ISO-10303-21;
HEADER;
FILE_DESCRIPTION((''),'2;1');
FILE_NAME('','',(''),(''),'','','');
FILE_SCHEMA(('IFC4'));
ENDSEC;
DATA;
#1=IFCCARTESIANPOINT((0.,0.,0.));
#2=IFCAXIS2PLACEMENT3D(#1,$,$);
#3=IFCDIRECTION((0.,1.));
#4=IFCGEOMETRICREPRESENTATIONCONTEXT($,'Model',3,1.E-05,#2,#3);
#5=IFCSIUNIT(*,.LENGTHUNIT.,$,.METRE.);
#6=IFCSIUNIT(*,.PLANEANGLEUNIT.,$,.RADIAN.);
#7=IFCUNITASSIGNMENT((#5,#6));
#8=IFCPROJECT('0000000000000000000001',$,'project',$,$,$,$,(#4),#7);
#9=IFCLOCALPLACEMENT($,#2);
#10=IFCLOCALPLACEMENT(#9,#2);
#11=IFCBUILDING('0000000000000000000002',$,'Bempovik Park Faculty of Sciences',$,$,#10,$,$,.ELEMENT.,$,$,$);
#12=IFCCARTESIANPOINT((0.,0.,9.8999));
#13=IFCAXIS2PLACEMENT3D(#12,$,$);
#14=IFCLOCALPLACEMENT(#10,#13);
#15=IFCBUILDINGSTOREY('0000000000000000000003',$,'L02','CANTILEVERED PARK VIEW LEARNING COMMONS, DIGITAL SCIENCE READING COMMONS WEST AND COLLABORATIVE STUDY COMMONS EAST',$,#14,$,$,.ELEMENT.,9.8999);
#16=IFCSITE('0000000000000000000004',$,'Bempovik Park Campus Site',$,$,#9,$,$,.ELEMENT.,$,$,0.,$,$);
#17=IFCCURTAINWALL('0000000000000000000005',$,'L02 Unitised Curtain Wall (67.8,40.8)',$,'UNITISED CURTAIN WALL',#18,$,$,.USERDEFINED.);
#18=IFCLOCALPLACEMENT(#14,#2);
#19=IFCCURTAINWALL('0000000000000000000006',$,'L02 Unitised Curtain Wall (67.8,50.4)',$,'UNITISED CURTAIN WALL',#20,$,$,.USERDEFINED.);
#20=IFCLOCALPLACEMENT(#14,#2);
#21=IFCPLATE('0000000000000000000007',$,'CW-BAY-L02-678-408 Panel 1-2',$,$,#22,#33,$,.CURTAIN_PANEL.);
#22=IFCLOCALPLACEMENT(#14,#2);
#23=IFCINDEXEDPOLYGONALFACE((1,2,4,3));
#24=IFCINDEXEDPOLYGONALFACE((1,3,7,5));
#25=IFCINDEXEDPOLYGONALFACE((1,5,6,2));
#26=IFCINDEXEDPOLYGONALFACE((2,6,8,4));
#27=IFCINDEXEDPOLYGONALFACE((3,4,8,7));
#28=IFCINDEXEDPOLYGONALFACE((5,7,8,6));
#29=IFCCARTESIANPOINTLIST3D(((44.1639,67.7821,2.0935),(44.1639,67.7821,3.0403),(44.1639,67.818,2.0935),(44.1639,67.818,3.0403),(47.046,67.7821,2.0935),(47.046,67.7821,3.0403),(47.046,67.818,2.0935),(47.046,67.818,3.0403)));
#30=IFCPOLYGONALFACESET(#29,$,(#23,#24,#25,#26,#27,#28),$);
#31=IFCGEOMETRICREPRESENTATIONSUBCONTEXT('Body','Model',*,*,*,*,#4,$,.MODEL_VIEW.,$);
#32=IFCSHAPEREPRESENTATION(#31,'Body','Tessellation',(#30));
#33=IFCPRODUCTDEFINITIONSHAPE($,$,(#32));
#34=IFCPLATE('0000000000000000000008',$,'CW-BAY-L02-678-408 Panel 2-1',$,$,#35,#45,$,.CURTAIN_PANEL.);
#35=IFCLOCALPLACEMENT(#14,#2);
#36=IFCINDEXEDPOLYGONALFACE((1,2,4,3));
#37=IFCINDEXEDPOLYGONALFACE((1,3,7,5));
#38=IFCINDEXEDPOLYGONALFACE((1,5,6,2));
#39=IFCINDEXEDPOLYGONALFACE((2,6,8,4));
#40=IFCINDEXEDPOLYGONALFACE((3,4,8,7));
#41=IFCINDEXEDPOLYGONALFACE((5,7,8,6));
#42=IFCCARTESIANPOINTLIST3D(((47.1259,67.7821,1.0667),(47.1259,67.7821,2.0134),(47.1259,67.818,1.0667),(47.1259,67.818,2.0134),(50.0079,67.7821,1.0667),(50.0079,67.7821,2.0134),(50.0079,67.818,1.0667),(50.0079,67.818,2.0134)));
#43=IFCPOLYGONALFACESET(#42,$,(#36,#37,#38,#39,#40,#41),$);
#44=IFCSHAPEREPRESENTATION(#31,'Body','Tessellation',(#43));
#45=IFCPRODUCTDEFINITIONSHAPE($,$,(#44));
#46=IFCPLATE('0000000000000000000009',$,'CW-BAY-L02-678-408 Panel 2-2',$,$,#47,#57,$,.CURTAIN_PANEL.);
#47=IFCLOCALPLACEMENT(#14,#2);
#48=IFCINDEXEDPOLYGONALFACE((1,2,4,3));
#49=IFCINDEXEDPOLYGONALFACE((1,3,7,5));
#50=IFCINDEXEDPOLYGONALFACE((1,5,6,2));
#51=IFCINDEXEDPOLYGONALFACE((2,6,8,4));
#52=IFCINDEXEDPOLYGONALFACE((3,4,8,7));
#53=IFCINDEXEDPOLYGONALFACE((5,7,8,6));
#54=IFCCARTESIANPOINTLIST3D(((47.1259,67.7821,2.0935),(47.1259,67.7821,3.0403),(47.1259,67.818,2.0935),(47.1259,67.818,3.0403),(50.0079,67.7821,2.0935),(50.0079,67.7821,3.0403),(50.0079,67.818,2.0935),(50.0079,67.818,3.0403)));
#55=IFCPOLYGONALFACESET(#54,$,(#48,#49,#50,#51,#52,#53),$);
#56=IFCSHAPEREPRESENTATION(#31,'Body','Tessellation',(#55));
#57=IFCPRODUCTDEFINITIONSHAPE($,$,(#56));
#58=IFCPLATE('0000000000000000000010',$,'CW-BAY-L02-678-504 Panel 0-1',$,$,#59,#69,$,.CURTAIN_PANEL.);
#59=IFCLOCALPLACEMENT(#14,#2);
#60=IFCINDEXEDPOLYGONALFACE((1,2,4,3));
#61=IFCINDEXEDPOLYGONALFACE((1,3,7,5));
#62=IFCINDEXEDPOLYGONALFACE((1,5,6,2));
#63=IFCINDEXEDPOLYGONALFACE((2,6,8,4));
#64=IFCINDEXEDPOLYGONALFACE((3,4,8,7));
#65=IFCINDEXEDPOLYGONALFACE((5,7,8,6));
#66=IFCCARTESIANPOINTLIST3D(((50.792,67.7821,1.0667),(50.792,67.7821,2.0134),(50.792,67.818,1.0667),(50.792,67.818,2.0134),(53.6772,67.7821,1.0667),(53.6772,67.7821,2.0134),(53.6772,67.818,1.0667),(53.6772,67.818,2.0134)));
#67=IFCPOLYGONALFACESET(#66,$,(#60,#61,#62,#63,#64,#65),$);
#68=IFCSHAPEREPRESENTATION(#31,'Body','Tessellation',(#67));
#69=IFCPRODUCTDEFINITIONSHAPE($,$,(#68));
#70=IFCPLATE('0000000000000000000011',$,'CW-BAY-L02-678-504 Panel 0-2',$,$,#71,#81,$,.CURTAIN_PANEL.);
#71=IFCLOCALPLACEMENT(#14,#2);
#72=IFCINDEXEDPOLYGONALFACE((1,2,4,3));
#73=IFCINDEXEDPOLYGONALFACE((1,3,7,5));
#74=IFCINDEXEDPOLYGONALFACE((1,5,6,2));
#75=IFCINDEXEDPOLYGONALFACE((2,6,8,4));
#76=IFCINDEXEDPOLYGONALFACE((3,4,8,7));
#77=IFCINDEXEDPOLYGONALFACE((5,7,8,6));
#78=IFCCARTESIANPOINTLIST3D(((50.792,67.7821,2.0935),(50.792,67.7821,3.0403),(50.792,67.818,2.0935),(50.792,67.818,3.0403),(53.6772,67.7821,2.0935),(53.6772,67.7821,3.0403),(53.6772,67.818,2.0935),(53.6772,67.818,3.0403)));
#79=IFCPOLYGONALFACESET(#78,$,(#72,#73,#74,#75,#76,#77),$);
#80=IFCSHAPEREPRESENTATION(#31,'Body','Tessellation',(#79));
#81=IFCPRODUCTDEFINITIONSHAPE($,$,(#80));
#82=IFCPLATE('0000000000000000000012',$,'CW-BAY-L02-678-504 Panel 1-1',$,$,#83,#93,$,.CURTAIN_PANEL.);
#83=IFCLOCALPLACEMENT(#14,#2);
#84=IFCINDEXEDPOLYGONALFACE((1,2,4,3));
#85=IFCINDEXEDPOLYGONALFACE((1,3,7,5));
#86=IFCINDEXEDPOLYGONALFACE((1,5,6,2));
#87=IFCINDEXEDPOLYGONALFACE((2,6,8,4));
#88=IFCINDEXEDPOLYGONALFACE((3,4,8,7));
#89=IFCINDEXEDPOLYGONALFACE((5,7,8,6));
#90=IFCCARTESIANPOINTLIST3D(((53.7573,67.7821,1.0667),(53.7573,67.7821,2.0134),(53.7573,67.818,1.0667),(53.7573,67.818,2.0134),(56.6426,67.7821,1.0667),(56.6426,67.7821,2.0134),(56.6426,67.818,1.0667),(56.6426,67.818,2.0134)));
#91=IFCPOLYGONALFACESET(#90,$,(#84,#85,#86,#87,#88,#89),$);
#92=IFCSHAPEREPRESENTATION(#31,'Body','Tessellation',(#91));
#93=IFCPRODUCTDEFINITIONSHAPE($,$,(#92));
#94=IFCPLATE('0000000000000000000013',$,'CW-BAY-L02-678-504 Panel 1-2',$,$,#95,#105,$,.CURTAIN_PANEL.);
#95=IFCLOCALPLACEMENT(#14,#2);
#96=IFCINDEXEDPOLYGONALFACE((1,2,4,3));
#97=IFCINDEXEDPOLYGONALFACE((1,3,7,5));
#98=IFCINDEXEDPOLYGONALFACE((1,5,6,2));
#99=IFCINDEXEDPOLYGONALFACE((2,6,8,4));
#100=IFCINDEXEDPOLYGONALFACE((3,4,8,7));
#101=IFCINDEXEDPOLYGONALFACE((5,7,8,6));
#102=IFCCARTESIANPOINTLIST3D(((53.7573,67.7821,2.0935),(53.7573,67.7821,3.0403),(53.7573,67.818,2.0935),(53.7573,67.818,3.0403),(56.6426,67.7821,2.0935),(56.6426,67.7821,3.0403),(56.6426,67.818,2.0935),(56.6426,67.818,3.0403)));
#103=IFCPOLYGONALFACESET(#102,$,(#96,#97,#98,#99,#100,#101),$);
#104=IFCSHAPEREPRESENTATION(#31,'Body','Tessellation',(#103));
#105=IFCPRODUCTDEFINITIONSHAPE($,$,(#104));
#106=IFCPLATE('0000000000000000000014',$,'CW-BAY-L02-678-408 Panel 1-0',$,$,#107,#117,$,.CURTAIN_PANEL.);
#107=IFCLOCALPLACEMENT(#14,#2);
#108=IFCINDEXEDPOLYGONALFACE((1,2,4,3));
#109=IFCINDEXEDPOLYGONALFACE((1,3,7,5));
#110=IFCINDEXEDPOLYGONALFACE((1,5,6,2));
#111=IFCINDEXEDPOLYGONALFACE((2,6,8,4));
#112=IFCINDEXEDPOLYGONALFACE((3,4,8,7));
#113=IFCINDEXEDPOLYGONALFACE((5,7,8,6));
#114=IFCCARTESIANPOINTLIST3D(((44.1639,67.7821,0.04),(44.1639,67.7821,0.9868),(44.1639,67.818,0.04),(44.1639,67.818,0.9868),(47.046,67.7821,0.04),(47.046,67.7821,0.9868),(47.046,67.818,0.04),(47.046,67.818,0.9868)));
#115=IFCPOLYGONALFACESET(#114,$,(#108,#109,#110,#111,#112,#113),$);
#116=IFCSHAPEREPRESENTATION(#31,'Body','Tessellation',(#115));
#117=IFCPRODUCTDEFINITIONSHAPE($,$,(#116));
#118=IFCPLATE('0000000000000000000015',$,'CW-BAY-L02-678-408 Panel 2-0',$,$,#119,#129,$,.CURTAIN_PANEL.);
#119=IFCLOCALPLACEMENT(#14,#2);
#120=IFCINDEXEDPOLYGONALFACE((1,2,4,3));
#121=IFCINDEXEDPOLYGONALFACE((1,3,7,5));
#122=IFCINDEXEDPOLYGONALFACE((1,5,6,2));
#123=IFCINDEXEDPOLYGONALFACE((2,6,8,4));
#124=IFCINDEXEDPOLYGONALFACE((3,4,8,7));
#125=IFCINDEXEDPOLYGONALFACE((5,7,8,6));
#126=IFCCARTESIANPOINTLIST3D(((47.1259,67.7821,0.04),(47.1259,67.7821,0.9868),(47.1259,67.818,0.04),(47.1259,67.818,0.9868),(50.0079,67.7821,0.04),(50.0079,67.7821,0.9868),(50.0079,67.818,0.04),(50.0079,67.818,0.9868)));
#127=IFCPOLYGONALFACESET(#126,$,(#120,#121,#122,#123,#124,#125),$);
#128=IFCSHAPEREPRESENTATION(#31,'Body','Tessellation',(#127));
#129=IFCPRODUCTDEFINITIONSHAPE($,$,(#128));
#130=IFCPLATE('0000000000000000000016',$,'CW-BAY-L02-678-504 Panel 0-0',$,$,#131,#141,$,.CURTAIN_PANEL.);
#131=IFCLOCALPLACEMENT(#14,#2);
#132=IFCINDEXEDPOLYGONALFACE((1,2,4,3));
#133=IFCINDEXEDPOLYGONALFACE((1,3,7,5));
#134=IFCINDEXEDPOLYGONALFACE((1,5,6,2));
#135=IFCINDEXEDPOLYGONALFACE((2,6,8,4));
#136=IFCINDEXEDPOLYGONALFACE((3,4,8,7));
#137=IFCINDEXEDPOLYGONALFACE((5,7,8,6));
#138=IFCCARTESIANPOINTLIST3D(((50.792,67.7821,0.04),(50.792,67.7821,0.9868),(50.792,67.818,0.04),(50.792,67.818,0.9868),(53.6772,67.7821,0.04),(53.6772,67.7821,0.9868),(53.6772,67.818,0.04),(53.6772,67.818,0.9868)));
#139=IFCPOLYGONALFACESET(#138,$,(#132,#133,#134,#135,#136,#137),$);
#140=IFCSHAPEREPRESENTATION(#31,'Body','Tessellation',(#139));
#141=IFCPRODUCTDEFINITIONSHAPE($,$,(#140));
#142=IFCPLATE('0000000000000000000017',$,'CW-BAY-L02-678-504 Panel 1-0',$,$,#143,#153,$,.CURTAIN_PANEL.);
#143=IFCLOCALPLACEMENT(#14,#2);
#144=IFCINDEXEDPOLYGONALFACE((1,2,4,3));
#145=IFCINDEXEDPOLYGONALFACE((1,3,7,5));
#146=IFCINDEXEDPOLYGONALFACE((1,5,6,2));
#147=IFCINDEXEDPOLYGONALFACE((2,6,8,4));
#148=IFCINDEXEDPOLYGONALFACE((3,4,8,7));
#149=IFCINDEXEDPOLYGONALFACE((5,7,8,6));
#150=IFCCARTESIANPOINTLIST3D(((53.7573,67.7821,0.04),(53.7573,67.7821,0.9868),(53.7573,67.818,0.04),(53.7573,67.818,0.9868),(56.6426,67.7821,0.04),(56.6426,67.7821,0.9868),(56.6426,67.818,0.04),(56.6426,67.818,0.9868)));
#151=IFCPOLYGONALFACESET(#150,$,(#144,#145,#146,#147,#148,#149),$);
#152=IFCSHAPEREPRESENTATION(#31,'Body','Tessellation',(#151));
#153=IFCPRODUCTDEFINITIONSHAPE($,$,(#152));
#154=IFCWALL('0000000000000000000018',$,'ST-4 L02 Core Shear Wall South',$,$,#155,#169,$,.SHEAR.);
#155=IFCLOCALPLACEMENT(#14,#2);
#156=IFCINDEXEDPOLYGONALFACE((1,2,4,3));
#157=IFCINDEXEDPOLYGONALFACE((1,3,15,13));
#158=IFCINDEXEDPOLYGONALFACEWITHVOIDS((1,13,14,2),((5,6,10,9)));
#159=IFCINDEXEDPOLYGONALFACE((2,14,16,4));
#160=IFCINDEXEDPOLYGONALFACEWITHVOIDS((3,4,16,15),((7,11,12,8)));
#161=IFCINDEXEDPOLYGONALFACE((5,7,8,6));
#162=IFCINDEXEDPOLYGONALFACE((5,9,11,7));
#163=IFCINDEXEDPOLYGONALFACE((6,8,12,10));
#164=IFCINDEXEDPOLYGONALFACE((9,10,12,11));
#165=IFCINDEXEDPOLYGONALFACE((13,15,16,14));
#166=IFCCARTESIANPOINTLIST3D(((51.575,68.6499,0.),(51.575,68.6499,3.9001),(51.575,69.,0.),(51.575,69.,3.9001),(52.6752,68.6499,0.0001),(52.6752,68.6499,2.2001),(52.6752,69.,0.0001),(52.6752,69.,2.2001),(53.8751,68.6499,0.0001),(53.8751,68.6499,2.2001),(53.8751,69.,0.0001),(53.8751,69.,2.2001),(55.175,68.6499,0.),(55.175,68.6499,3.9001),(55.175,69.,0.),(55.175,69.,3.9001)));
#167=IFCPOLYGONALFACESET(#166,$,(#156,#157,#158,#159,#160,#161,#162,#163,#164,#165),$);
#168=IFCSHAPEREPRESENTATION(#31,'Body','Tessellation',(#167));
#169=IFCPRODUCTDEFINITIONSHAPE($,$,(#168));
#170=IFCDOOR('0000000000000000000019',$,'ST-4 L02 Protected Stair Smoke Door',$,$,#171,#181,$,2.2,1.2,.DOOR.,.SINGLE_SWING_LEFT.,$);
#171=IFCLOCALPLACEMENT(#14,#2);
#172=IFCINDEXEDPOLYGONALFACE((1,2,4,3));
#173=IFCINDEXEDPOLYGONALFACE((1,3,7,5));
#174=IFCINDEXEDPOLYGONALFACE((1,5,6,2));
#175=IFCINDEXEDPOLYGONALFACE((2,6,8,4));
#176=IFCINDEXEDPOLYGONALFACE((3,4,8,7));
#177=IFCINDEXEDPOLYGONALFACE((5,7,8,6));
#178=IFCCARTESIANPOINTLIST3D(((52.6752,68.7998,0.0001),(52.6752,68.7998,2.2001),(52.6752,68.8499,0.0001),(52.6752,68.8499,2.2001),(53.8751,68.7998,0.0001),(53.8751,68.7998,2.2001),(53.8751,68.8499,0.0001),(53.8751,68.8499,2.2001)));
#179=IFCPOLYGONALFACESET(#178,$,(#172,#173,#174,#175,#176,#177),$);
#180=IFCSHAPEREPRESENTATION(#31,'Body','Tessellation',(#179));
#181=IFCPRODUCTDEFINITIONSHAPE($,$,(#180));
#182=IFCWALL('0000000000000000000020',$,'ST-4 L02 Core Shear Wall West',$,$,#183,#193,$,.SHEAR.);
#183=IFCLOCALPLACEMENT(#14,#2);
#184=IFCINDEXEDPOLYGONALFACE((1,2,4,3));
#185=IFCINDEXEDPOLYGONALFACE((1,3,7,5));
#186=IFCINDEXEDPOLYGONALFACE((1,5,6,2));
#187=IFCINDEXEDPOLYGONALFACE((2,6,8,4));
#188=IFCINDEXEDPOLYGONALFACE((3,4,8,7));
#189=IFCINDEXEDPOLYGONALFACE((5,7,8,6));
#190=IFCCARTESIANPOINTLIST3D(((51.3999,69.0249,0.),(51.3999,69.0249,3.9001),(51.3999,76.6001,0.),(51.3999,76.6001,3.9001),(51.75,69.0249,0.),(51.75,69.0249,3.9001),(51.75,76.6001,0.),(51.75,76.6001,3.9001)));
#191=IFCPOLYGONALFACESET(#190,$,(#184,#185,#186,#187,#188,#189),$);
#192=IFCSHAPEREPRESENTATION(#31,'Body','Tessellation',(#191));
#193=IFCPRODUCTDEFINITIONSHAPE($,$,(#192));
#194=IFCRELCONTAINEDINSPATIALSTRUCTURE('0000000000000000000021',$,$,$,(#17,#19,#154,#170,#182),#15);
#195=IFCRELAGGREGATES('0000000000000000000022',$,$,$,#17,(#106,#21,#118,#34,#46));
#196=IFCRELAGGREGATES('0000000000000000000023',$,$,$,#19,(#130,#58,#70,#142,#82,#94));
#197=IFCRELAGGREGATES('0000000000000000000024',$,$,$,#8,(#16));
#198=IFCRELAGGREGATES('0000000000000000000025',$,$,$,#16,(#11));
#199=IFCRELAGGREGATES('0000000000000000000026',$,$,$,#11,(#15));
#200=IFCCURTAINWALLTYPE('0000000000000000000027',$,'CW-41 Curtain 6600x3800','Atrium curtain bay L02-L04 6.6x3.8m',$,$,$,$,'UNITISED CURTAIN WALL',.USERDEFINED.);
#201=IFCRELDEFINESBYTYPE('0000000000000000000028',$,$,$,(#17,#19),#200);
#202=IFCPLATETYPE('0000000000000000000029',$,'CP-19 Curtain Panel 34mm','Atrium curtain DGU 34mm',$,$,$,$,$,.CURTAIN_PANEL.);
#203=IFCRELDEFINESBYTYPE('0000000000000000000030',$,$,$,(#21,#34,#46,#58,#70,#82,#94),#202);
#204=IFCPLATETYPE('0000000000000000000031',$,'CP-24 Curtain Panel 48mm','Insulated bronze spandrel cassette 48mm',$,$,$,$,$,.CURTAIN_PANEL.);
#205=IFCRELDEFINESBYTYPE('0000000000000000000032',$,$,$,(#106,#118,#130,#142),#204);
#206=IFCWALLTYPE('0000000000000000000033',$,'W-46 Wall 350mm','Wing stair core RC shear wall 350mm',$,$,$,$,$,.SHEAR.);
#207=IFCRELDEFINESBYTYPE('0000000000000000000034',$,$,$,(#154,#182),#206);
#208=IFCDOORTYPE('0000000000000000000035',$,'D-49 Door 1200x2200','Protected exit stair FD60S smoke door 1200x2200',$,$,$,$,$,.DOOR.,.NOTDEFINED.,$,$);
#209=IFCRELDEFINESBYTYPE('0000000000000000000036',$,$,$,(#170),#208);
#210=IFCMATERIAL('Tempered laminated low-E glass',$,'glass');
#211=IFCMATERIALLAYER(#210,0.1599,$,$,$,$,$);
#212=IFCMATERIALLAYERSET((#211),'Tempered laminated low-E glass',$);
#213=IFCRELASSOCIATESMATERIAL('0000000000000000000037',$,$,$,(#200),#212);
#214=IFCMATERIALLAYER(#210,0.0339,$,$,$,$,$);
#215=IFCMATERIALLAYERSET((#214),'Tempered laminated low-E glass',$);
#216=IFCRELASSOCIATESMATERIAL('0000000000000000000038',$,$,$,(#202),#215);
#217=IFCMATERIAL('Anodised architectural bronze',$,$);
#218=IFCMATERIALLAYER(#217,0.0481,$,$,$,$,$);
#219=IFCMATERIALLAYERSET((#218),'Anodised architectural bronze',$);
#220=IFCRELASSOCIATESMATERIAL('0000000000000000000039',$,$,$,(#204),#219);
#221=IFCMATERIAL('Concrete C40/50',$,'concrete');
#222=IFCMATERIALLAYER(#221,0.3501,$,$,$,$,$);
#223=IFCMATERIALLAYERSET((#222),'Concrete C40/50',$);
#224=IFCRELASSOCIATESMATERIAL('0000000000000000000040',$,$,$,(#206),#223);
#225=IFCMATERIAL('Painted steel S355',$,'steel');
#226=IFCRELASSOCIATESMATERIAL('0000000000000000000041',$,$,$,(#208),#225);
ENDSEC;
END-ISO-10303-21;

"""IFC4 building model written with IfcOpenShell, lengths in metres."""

from ifc_helpers import new_model, si_unit, direction, frame, frame_2d, origin, origin_2d, place, context, subcontext, project, spatial, rectangle, extrude, material, layer, layer_set, type_object, element, fill, aggregate, save


model = new_model("IFC4")

# Units and contexts
model_context = context("Model", 3, precision=1e-05, world=origin(), true_north=direction((0.0, 1.0)))
body_context = subcontext(model_context, "Body", "Model", "MODEL_VIEW")
ifc_project = project(units=[si_unit("LENGTHUNIT", "METRE"), si_unit("PLANEANGLEUNIT", "RADIAN")], contexts=[model_context])

# Site, building, storey
site_placement = place(None, origin())
site = spatial("IfcSite", under=ifc_project, at=site_placement, Name="Bempovik Park Campus Site", CompositionType="ELEMENT", RefElevation=0.0)
building_placement = place(site_placement, origin())
building = spatial("IfcBuilding", under=site, at=building_placement, Name="Bempovik Park Faculty of Sciences", CompositionType="ELEMENT")
storey_placement = place(building_placement, frame((0.0, 0.0, 9.8999)))
storey = spatial("IfcBuildingStorey", under=building, at=storey_placement, Name="L02", Description="CANTILEVERED PARK VIEW LEARNING COMMONS, DIGITAL SCIENCE READING COMMONS WEST AND COLLABORATIVE STUDY COMMONS EAST", CompositionType="ELEMENT", Elevation=9.8999)

# Shared definitions
ifc_material_1 = material(Name="Concrete C40/50", Category="concrete")

# Curtain walls
ifc_material_2 = material(Name="Tempered laminated low-E glass", Category="glass")
ifc_layer_1 = layer(ifc_material_2, 0.1599)
ifc_layer_set_1 = layer_set([ifc_layer_1], Name="Tempered laminated low-E glass")
curtain_wall_type = type_object("IfcCurtainWallType", Name="CW-41 Curtain 6600x3800", Description="Atrium curtain bay L02-L04 6.6x3.8m", ElementType="UNITISED CURTAIN WALL", PredefinedType="USERDEFINED", material=ifc_layer_set_1)
curtain_wall_1_placement = place(storey_placement, origin())
curtain_wall_1 = element("IfcCurtainWall", 1, at=curtain_wall_1_placement, inside=storey, type_object=curtain_wall_type, Name="L02 Unitised Curtain Wall (67.8,40.8)", ObjectType="UNITISED CURTAIN WALL", PredefinedType="USERDEFINED")
curtain_wall_2_placement = place(storey_placement, origin())
curtain_wall_2 = element("IfcCurtainWall", 2, at=curtain_wall_2_placement, inside=storey, type_object=curtain_wall_type, Name="L02 Unitised Curtain Wall (67.8,50.4)", ObjectType="UNITISED CURTAIN WALL", PredefinedType="USERDEFINED")

# Plates
ifc_layer_2 = layer(ifc_material_2, 0.0339)
ifc_layer_set_2 = layer_set([ifc_layer_2], Name="Tempered laminated low-E glass")
plate_type_1 = type_object("IfcPlateType", Name="CP-19 Curtain Panel 34mm", Description="Atrium curtain DGU 34mm", PredefinedType="CURTAIN_PANEL", material=ifc_layer_set_2)
plate_1_placement = place(storey_placement, frame((45.605, 67.8, 2.0935), z_axis=(0.0, 0.0, 1.0), x_axis=(1.0, 0.0, 0.0)))
plate_1 = element("IfcPlate", 3, at=plate_1_placement, type_object=plate_type_1, Name="CW-BAY-L02-678-408 Panel 1-2", PredefinedType="CURTAIN_PANEL", context=body_context, shape_type="SweptSolid", body=[
    extrude(rectangle(XDim=2.8821, YDim=0.0359, at=origin_2d()), origin(), (0.0, 0.0, 1.0), 0.9468),
])
plate_2_placement = place(storey_placement, frame((48.5669, 67.8, 1.0667), z_axis=(0.0, 0.0, 1.0), x_axis=(1.0, 0.0, 0.0)))
plate_2 = element("IfcPlate", 4, at=plate_2_placement, type_object=plate_type_1, Name="CW-BAY-L02-678-408 Panel 2-1", PredefinedType="CURTAIN_PANEL", context=body_context, shape_type="SweptSolid", body=[
    extrude(rectangle(XDim=2.8821, YDim=0.0359, at=origin_2d()), origin(), (0.0, 0.0, 1.0), 0.9468),
])
plate_3_placement = place(storey_placement, frame((48.5669, 67.8, 2.0935), z_axis=(0.0, 0.0, 1.0), x_axis=(1.0, 0.0, 0.0)))
plate_3 = element("IfcPlate", 5, at=plate_3_placement, type_object=plate_type_1, Name="CW-BAY-L02-678-408 Panel 2-2", PredefinedType="CURTAIN_PANEL", context=body_context, shape_type="SweptSolid", body=[
    extrude(rectangle(XDim=2.8821, YDim=0.0359, at=origin_2d()), origin(), (0.0, 0.0, 1.0), 0.9468),
])
plate_4_placement = place(storey_placement, frame((52.2346, 67.8, 1.0667), z_axis=(0.0, 0.0, 1.0), x_axis=(1.0, 0.0, 0.0)))
plate_4 = element("IfcPlate", 6, at=plate_4_placement, type_object=plate_type_1, Name="CW-BAY-L02-678-504 Panel 0-1", PredefinedType="CURTAIN_PANEL", context=body_context, shape_type="SweptSolid", body=[
    extrude(rectangle(XDim=2.8853, YDim=0.0359, at=origin_2d()), origin(), (0.0, 0.0, 1.0), 0.9468),
])
plate_5_placement = place(storey_placement, frame((52.2346, 67.8, 2.0935), z_axis=(0.0, 0.0, 1.0), x_axis=(1.0, 0.0, 0.0)))
plate_5 = element("IfcPlate", 7, at=plate_5_placement, type_object=plate_type_1, Name="CW-BAY-L02-678-504 Panel 0-2", PredefinedType="CURTAIN_PANEL", context=body_context, shape_type="SweptSolid", body=[
    extrude(rectangle(XDim=2.8853, YDim=0.0359, at=origin_2d()), origin(), (0.0, 0.0, 1.0), 0.9468),
])
plate_6_placement = place(storey_placement, frame((55.2, 67.8, 1.0667), z_axis=(0.0, 0.0, 1.0), x_axis=(1.0, 0.0, 0.0)))
plate_6 = element("IfcPlate", 8, at=plate_6_placement, type_object=plate_type_1, Name="CW-BAY-L02-678-504 Panel 1-1", PredefinedType="CURTAIN_PANEL", context=body_context, shape_type="SweptSolid", body=[
    extrude(rectangle(XDim=2.8853, YDim=0.0359, at=origin_2d()), origin(), (0.0, 0.0, 1.0), 0.9468),
])
plate_7_placement = place(storey_placement, frame((55.2, 67.8, 2.0935), z_axis=(0.0, 0.0, 1.0), x_axis=(1.0, 0.0, 0.0)))
plate_7 = element("IfcPlate", 9, at=plate_7_placement, type_object=plate_type_1, Name="CW-BAY-L02-678-504 Panel 1-2", PredefinedType="CURTAIN_PANEL", context=body_context, shape_type="SweptSolid", body=[
    extrude(rectangle(XDim=2.8853, YDim=0.0359, at=origin_2d()), origin(), (0.0, 0.0, 1.0), 0.9468),
])
ifc_material_3 = material(Name="Anodised architectural bronze")
ifc_layer_3 = layer(ifc_material_3, 0.0481)
ifc_layer_set_3 = layer_set([ifc_layer_3], Name="Anodised architectural bronze")
plate_type_2 = type_object("IfcPlateType", Name="CP-24 Curtain Panel 48mm", Description="Insulated bronze spandrel cassette 48mm", PredefinedType="CURTAIN_PANEL", material=ifc_layer_set_3)
plate_8_placement = place(storey_placement, frame((45.605, 67.8, 0.04), z_axis=(0.0, 0.0, 1.0), x_axis=(1.0, 0.0, 0.0)))
plate_8 = element("IfcPlate", 10, at=plate_8_placement, type_object=plate_type_2, Name="CW-BAY-L02-678-408 Panel 1-0", PredefinedType="CURTAIN_PANEL", context=body_context, shape_type="SweptSolid", body=[
    extrude(rectangle(XDim=2.8821, YDim=0.0359, at=origin_2d()), origin(), (0.0, 0.0, 1.0), 0.9468),
])
plate_9_placement = place(storey_placement, frame((48.5669, 67.8, 0.04), z_axis=(0.0, 0.0, 1.0), x_axis=(1.0, 0.0, 0.0)))
plate_9 = element("IfcPlate", 11, at=plate_9_placement, type_object=plate_type_2, Name="CW-BAY-L02-678-408 Panel 2-0", PredefinedType="CURTAIN_PANEL", context=body_context, shape_type="SweptSolid", body=[
    extrude(rectangle(XDim=2.8821, YDim=0.0359, at=origin_2d()), origin(), (0.0, 0.0, 1.0), 0.9468),
])
aggregate(curtain_wall_1, [plate_8, plate_1, plate_9, plate_2, plate_3])
plate_10_placement = place(storey_placement, frame((52.2346, 67.8, 0.04), z_axis=(0.0, 0.0, 1.0), x_axis=(1.0, 0.0, 0.0)))
plate_10 = element("IfcPlate", 12, at=plate_10_placement, type_object=plate_type_2, Name="CW-BAY-L02-678-504 Panel 0-0", PredefinedType="CURTAIN_PANEL", context=body_context, shape_type="SweptSolid", body=[
    extrude(rectangle(XDim=2.8853, YDim=0.0359, at=origin_2d()), origin(), (0.0, 0.0, 1.0), 0.9468),
])
plate_11_placement = place(storey_placement, frame((55.2, 67.8, 0.04), z_axis=(0.0, 0.0, 1.0), x_axis=(1.0, 0.0, 0.0)))
plate_11 = element("IfcPlate", 13, at=plate_11_placement, type_object=plate_type_2, Name="CW-BAY-L02-678-504 Panel 1-0", PredefinedType="CURTAIN_PANEL", context=body_context, shape_type="SweptSolid", body=[
    extrude(rectangle(XDim=2.8853, YDim=0.0359, at=origin_2d()), origin(), (0.0, 0.0, 1.0), 0.9468),
])
aggregate(curtain_wall_2, [plate_10, plate_4, plate_5, plate_11, plate_6, plate_7])

# Wall, opening, door
ifc_layer_4 = layer(ifc_material_1, 0.3501)
ifc_layer_set_4 = layer_set([ifc_layer_4], Name="Concrete C40/50")
wall_type = type_object("IfcWallType", Name="W-46 Wall 350mm", Description="Wing stair core RC shear wall 350mm", PredefinedType="SHEAR", material=ifc_layer_set_4)
wall_placement = place(storey_placement, frame((51.575, 68.825, 0.0), z_axis=(0.0, 0.0, 1.0), x_axis=(1.0, 0.0, 0.0)))
wall = element("IfcWall", 14, at=wall_placement, inside=storey, type_object=wall_type, Name="ST-4 L02 Core Shear Wall South", PredefinedType="SHEAR", context=body_context, shape_type="SweptSolid", body=[
    extrude(rectangle(XDim=3.6001, YDim=0.3501, at=frame_2d((1.8, 0.0))), origin(), (0.0, 0.0, 1.0), 3.9001),
])
opening_placement = place(wall_placement, frame((1.1001, 0.0, 0.0)))
opening = element("IfcOpeningElement", 15, at=opening_placement, cuts=wall, PredefinedType="OPENING", context=body_context, shape_type="SweptSolid", body=[
    extrude(rectangle(XDim=1.2, YDim=2.2, at=frame_2d((0.6001, 1.1001))), frame((0.0, 0.1851, 0.0), z_axis=(0.0, -1.0, 0.0), x_axis=(1.0, 0.0, 0.0)), (0.0, 0.0, 1.0), 0.3701),
])
ifc_material_4 = material(Name="Painted steel S355", Category="steel")
door_type = type_object("IfcDoorType", Name="D-49 Door 1200x2200", Description="Protected exit stair FD60S smoke door 1200x2200", OperationType="NOTDEFINED", PredefinedType="DOOR", material=ifc_material_4)
door_placement = place(opening_placement, origin())
door = element("IfcDoor", 16, at=door_placement, inside=storey, type_object=door_type, Name="ST-4 L02 Protected Stair Smoke Door", OperationType="SINGLE_SWING_LEFT", OverallHeight=2.2, OverallWidth=1.2, PredefinedType="DOOR", context=body_context, shape_type="SweptSolid", body=[
    extrude(rectangle(XDim=1.2, YDim=2.2, at=frame_2d((0.6001, 1.1001))), frame((0.0, 0.0249, 0.0), z_axis=(0.0, -1.0, 0.0), x_axis=(1.0, 0.0, 0.0)), (0.0, 0.0, 1.0), 0.05),
])
fill(opening, door)

# Wall
for number, where, z_axis, x_axis, name in (
    (17, (51.575, 69.0249, 0.0), (0.0, 0.0, 1.0), (0.0, 1.0, 0.0), "ST-4 L02 Core Shear Wall West"),
):
    element("IfcWall", number, at=place(storey_placement, frame(where, z_axis=z_axis, x_axis=x_axis)), inside=storey, type_object=wall_type, Name=name, PredefinedType="SHEAR", context=body_context, shape_type="SweptSolid", body=[
        extrude(rectangle(XDim=7.5752, YDim=0.3501, at=frame_2d((3.7876, 0.0))), origin(), (0.0, 0.0, 1.0), 3.9001),
    ])

save(model, "model.ifc")
